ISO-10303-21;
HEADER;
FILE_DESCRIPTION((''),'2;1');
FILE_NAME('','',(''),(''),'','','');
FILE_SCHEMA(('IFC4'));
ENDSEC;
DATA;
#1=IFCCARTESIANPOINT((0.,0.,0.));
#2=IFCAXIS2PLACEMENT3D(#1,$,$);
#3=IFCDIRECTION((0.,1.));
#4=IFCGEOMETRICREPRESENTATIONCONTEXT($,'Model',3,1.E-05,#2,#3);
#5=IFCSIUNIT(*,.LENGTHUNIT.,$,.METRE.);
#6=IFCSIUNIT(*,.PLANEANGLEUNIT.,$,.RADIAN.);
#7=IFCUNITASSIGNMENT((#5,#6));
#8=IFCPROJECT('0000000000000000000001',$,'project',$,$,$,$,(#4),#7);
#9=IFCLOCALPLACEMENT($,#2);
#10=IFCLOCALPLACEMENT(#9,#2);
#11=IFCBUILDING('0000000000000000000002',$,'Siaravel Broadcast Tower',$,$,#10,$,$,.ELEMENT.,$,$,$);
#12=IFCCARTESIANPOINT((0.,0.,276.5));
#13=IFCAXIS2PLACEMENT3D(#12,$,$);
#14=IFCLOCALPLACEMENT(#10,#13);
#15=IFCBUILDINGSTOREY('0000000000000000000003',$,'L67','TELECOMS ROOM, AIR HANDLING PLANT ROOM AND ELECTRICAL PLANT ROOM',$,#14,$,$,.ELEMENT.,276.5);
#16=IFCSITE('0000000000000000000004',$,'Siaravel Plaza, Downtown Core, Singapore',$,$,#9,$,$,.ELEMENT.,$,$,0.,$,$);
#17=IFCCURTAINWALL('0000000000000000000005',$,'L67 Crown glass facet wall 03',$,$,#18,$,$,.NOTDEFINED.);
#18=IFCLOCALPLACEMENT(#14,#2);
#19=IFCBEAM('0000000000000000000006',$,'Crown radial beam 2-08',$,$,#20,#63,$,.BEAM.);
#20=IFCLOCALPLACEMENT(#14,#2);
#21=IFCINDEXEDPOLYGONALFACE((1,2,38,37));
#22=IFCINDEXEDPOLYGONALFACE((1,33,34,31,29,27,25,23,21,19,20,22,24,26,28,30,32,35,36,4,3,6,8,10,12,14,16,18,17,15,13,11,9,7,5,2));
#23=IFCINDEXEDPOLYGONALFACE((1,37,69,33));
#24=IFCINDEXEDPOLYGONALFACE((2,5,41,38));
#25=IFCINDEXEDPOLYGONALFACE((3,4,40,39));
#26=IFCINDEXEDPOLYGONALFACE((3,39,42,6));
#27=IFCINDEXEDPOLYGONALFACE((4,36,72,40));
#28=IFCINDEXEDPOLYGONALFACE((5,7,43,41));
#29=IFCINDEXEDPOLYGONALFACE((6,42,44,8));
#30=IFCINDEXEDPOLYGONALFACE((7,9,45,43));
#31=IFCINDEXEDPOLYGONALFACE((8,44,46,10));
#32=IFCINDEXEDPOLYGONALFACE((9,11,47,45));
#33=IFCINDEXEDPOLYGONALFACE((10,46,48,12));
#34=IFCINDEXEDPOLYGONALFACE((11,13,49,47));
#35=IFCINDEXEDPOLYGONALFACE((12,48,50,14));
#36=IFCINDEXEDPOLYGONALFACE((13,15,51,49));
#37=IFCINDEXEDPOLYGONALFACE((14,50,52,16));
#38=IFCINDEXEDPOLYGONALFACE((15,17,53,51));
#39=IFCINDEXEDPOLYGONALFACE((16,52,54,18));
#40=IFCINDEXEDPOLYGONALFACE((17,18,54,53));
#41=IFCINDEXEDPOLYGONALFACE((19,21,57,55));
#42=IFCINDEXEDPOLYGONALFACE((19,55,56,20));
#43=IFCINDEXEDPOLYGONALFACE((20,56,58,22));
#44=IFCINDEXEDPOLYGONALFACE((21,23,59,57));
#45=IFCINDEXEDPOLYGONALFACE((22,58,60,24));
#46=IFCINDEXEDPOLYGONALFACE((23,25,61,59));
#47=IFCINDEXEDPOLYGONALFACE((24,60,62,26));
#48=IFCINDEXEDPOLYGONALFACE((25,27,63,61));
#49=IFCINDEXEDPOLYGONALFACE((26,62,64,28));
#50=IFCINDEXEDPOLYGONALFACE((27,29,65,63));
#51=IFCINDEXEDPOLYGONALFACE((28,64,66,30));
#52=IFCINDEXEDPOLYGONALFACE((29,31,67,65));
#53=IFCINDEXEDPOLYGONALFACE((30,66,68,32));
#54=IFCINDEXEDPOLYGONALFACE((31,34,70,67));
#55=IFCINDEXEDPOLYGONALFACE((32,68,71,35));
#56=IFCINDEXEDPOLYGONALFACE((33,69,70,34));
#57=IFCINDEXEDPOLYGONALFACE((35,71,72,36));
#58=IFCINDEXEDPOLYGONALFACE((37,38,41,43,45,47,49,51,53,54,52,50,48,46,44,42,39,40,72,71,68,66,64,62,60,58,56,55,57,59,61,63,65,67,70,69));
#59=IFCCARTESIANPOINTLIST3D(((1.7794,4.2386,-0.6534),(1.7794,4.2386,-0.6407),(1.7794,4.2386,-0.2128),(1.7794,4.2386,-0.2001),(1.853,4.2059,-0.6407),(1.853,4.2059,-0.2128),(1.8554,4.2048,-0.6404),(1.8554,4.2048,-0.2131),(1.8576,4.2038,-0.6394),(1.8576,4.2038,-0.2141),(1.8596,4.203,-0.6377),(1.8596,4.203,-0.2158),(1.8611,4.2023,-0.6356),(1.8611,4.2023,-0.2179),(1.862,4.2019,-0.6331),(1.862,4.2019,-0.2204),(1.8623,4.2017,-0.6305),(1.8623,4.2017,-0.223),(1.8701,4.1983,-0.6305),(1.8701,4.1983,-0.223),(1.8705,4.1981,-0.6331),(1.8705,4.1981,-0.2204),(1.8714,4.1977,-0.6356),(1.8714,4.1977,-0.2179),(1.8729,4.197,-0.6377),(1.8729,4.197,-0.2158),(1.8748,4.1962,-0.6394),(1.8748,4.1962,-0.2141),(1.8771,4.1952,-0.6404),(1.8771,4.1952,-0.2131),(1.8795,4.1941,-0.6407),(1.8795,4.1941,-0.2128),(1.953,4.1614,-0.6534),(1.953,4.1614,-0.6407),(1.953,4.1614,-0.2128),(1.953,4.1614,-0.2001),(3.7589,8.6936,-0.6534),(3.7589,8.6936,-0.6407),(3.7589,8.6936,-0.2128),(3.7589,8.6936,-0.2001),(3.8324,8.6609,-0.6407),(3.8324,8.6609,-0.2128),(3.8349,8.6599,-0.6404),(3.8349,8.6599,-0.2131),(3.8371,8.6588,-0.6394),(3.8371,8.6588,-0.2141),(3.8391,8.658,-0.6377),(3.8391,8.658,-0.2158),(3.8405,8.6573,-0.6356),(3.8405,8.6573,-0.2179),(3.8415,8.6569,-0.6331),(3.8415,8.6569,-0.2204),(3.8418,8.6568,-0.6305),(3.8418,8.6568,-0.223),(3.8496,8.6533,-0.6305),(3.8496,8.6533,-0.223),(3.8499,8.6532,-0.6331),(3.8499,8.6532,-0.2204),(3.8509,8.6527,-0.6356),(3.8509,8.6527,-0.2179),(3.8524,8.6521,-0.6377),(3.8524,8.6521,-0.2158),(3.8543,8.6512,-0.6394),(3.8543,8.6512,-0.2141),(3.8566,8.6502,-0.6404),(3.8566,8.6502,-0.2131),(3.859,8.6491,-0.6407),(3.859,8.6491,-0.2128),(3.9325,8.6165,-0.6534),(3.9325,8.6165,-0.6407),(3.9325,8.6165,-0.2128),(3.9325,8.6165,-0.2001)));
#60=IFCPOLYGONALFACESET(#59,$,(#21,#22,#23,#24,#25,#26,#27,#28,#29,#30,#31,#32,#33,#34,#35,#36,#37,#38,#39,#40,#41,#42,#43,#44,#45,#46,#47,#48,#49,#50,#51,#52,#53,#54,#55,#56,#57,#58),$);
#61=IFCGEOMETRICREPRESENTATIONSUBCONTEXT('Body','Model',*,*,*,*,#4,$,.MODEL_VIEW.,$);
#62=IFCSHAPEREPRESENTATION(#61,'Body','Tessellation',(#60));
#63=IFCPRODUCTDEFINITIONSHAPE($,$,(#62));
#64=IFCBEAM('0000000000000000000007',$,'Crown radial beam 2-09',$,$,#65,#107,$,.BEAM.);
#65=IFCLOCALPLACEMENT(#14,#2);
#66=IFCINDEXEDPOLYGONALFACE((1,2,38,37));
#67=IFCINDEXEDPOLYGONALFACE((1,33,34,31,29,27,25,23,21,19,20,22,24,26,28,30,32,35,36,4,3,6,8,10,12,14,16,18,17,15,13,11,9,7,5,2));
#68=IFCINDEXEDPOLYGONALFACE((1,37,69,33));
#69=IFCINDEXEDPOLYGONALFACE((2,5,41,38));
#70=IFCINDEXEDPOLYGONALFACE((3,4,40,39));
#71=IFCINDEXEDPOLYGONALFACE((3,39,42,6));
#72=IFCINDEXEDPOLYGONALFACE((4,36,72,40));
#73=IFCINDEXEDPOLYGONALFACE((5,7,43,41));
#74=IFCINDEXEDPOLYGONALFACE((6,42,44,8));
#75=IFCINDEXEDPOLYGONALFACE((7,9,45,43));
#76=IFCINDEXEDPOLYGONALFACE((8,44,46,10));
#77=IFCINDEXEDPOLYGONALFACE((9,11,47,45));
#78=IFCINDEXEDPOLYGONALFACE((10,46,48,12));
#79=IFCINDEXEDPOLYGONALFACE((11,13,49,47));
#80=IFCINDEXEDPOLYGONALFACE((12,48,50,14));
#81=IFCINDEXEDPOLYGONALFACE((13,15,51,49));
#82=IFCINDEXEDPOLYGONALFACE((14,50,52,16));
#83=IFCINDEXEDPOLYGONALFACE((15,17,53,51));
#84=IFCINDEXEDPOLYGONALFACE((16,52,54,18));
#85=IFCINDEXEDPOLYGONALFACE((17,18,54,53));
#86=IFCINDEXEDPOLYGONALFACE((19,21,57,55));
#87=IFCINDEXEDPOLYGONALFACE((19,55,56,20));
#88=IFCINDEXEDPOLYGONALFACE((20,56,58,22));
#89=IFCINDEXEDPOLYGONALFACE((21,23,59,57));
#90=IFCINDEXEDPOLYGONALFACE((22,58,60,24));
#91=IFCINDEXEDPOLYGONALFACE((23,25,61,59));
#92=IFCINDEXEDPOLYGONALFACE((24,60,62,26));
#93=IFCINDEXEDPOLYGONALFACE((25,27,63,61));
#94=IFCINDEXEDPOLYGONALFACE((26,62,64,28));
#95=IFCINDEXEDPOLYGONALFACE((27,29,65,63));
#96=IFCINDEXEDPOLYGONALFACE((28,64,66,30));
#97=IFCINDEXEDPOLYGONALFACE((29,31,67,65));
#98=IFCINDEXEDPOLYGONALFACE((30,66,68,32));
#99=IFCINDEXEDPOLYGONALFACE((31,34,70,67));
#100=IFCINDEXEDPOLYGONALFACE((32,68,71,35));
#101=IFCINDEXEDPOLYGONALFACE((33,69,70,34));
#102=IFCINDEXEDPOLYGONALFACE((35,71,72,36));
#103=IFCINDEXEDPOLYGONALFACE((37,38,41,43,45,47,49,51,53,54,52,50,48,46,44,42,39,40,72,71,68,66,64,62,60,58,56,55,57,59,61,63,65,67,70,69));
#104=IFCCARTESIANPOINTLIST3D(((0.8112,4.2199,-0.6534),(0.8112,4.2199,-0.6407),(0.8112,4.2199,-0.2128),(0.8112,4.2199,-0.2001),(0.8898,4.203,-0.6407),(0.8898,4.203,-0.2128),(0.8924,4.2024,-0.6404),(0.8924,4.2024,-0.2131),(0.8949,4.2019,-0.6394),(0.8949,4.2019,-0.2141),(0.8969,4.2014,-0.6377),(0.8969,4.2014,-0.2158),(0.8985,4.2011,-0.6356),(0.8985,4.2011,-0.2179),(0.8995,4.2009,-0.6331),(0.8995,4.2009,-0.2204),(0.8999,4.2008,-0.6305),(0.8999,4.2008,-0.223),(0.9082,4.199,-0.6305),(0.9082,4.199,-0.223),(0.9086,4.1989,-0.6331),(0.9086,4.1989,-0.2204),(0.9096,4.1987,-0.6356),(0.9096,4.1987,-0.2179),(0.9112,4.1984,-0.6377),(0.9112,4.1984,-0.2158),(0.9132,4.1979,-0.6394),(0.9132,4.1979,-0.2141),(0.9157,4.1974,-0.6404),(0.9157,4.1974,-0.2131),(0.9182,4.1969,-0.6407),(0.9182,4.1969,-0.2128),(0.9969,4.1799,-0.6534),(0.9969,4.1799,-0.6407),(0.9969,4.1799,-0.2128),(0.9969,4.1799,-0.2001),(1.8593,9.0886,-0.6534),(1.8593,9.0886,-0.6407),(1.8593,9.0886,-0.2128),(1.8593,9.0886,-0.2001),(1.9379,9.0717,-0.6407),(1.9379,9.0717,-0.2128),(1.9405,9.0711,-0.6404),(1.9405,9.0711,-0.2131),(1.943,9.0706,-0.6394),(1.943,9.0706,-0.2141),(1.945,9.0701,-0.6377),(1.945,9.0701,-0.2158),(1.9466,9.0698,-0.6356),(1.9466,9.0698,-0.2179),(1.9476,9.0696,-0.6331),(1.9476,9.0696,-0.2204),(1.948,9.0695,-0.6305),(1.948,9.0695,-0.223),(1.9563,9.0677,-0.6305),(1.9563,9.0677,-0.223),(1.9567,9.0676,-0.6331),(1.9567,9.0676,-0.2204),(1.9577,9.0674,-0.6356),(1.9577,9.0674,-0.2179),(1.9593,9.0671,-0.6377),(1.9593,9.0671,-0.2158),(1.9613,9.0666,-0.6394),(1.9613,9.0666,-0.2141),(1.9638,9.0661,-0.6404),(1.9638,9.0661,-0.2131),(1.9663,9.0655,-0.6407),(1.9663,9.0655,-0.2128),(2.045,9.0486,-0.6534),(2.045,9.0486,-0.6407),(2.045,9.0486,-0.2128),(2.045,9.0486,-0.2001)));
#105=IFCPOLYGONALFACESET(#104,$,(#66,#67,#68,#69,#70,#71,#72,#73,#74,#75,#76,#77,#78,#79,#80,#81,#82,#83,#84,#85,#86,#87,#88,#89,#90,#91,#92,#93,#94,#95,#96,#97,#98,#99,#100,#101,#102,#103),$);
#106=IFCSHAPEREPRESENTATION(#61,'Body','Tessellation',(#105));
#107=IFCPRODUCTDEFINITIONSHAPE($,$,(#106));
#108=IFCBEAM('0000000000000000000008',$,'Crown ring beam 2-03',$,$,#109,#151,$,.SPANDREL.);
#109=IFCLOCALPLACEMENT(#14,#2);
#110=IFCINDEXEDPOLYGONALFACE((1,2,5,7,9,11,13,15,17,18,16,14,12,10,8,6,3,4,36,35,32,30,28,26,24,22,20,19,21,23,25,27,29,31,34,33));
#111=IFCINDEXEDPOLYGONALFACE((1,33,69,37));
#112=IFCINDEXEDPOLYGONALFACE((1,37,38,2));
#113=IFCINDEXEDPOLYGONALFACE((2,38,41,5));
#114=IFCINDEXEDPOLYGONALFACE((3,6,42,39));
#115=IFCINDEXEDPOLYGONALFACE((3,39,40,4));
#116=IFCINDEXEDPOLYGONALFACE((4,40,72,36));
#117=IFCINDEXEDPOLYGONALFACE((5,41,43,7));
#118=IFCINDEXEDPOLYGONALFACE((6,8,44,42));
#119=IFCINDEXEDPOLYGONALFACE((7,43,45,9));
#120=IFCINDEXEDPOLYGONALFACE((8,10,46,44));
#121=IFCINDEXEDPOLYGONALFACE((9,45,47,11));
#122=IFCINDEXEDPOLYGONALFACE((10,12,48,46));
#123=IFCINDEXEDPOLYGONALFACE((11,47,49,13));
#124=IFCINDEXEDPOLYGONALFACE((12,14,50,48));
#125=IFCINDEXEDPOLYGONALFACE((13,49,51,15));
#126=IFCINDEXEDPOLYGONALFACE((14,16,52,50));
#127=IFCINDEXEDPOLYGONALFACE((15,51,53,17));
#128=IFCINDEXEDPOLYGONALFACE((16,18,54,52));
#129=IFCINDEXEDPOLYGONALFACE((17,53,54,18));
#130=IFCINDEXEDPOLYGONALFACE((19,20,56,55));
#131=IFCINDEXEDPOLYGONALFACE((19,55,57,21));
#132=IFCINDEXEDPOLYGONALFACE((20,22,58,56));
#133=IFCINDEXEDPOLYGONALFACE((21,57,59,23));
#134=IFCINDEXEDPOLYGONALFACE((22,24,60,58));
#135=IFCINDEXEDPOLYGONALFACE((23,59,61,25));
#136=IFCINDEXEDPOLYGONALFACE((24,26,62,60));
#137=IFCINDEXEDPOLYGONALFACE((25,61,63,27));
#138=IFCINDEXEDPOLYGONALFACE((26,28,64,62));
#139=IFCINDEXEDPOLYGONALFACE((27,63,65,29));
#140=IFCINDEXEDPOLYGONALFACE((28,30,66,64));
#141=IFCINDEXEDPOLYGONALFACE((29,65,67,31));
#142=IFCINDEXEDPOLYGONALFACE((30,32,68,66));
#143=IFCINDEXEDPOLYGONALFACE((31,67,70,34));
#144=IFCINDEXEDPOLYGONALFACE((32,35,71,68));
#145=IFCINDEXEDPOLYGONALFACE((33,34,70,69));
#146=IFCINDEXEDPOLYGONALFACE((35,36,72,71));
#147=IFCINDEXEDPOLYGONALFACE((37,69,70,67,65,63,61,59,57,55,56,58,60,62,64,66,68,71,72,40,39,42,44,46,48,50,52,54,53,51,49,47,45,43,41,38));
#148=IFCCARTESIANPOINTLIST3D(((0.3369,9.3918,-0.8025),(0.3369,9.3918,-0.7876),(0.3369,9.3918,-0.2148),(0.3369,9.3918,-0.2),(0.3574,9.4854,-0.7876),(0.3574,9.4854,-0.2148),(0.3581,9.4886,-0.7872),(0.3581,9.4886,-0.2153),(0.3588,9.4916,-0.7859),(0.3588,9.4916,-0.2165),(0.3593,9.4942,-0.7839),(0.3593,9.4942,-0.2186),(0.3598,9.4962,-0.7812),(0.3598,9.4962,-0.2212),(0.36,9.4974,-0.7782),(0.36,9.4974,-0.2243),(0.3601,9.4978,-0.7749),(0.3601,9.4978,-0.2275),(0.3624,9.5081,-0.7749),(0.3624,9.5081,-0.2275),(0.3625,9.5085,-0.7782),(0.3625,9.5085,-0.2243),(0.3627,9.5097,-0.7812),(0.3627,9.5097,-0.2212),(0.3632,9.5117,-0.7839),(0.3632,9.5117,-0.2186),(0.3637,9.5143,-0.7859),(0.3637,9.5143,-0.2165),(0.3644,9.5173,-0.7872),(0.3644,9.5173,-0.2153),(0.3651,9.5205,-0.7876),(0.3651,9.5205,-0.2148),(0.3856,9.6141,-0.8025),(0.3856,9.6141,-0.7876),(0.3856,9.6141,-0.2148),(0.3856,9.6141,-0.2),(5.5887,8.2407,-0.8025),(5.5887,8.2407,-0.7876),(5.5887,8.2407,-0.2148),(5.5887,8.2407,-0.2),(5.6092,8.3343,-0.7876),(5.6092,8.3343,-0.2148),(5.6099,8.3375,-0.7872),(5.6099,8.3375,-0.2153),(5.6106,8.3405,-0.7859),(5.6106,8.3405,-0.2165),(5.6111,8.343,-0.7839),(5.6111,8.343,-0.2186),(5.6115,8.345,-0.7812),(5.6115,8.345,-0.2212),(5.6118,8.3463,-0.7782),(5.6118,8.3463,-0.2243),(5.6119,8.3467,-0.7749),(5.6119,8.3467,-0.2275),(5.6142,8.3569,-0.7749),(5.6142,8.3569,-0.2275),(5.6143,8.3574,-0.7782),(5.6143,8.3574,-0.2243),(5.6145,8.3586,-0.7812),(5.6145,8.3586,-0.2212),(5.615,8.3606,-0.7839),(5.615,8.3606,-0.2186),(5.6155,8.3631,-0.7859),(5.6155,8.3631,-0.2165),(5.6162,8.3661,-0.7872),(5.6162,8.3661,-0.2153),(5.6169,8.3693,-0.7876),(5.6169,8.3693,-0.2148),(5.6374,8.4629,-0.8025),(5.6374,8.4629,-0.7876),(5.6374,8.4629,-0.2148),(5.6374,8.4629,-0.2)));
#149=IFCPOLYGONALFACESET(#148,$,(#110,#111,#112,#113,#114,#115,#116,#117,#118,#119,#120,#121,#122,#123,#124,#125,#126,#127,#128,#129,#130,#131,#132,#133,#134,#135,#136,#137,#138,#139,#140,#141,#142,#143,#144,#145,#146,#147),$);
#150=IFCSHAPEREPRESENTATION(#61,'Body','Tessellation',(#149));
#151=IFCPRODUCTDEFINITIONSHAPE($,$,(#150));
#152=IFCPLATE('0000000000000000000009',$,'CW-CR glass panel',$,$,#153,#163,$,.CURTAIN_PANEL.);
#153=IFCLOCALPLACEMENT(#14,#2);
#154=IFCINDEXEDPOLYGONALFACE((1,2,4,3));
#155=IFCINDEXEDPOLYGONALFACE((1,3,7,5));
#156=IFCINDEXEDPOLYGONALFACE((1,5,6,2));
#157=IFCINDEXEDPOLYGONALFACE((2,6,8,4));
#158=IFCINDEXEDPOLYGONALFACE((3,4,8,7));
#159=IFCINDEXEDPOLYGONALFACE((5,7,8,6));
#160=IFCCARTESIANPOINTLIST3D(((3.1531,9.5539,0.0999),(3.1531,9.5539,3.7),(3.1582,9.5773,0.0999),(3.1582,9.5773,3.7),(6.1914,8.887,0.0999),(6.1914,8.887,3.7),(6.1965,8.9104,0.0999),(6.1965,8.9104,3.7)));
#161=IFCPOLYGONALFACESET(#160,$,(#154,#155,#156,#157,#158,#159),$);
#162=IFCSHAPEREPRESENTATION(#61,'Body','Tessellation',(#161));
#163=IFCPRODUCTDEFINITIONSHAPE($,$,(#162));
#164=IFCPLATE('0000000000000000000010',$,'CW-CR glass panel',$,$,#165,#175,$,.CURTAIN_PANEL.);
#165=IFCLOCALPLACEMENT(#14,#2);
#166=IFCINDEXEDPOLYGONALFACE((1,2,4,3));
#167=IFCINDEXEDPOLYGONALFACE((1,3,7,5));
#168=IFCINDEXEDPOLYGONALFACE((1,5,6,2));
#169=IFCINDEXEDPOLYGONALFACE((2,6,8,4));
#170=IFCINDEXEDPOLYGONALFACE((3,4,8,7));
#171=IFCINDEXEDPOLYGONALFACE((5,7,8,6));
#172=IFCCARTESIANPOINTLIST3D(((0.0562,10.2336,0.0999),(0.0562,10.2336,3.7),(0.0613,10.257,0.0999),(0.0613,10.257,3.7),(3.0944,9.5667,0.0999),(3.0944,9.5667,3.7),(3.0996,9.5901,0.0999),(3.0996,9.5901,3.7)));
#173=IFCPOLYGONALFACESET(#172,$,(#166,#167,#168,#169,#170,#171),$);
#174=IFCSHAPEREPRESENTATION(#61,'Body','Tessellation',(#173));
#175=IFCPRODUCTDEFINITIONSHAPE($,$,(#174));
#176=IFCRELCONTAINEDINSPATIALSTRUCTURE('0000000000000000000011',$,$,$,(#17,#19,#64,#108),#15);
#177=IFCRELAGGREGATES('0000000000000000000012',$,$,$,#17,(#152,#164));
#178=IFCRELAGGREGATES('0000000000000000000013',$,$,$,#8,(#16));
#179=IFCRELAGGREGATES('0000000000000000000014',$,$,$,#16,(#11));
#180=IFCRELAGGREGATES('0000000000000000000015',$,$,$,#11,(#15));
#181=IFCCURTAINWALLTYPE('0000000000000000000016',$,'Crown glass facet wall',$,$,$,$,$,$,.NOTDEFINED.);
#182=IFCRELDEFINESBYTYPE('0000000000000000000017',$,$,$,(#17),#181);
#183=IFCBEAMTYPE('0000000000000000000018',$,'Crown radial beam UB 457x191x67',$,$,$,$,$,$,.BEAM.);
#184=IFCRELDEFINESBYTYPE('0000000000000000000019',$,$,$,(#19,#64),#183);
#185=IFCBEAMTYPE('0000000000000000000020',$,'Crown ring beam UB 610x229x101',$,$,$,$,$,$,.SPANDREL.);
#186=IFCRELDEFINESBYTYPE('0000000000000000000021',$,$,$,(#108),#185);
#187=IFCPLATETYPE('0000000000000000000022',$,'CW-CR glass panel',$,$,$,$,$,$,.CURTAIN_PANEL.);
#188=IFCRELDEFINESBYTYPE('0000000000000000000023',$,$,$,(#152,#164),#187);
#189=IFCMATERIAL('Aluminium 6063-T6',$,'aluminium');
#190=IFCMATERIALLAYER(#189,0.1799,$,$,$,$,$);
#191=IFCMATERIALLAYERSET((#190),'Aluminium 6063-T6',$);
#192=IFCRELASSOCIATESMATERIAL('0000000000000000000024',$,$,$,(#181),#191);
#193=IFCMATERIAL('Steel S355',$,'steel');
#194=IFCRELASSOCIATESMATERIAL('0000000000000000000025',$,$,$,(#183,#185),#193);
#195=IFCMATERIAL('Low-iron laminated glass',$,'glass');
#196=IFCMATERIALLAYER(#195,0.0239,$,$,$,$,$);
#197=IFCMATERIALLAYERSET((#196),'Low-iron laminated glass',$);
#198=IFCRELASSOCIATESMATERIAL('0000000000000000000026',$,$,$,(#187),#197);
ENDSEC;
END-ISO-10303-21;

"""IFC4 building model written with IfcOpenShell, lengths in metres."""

from ifc_helpers import new_model, si_unit, direction, frame, origin, origin_2d, place, context, subcontext, project, spatial, rectangle, i_section, extrude, material, layer, layer_set, material_profile, profile_set, type_object, element, aggregate, save


model = new_model("IFC4")

# Units and contexts
model_context = context("Model", 3, precision=1e-05, world=origin(), true_north=direction((0.0, 1.0)))
body_context = subcontext(model_context, "Body", "Model", "MODEL_VIEW")
ifc_project = project(units=[si_unit("LENGTHUNIT", "METRE"), si_unit("PLANEANGLEUNIT", "RADIAN")], contexts=[model_context])

# Site, building, storey
site_placement = place(None, origin())
site = spatial("IfcSite", under=ifc_project, at=site_placement, Name="Siaravel Plaza, Downtown Core, Singapore", CompositionType="ELEMENT", RefElevation=0.0)
building_placement = place(site_placement, origin())
building = spatial("IfcBuilding", under=site, at=building_placement, Name="Siaravel Broadcast Tower", CompositionType="ELEMENT")
storey_placement = place(building_placement, frame((0.0, 0.0, 276.5)))
storey = spatial("IfcBuildingStorey", under=building, at=storey_placement, Name="L67", Description="TELECOMS ROOM, AIR HANDLING PLANT ROOM AND ELECTRICAL PLANT ROOM", CompositionType="ELEMENT", Elevation=276.5)

# Curtain wall
ifc_material_1 = material(Name="Aluminium 6063-T6", Category="aluminium")
ifc_layer_1 = layer(ifc_material_1, 0.1799)
ifc_layer_set_1 = layer_set([ifc_layer_1], Name="Aluminium 6063-T6")
curtain_wall_type = type_object("IfcCurtainWallType", Name="Crown glass facet wall", PredefinedType="NOTDEFINED", material=ifc_layer_set_1)
curtain_wall_placement = place(storey_placement, origin())
curtain_wall = element("IfcCurtainWall", 1, at=curtain_wall_placement, inside=storey, type_object=curtain_wall_type, Name="L67 Crown glass facet wall 03", PredefinedType="NOTDEFINED")

# Beams
ifc_material_2 = material(Name="Steel S355", Category="steel")
ifc_material_profile_1 = material_profile(ifc_material_2, i_section(OverallWidth=0.1899, OverallDepth=0.4534, WebThickness=0.0085, FlangeThickness=0.0127, FilletRadius=0.0103, at=origin_2d()))
ifc_profile_set_1 = profile_set([ifc_material_profile_1], Name="Steel S355")
beam_type_1 = type_object("IfcBeamType", Name="Crown radial beam UB 457x191x67", PredefinedType="BEAM", material=ifc_profile_set_1)
beam_1_placement = place(storey_placement, frame((3.8457, 8.655, -0.4268), z_axis=(-0.406046, -0.913853, 0.0), x_axis=(0.913853, -0.406046, 0.0)))
element("IfcBeam", 2, at=beam_1_placement, inside=storey, type_object=beam_type_1, Name="Crown radial beam 2-08", PredefinedType="BEAM", context=body_context, shape_type="SweptSolid", body=[
    extrude(i_section(OverallWidth=0.1899, OverallDepth=0.4534, WebThickness=0.0085, FlangeThickness=0.0127, FilletRadius=0.0103, at=origin_2d()), origin(), (0.0, 0.0, 1.0), 4.875),
])
beam_2_placement = place(storey_placement, frame((1.9521, 9.0686, -0.4268), z_axis=(-0.210453, -0.977604, 0.0), x_axis=(0.977604, -0.210453, 0.0)))
element("IfcBeam", 3, at=beam_2_placement, inside=storey, type_object=beam_type_1, Name="Crown radial beam 2-09", PredefinedType="BEAM", context=body_context, shape_type="SweptSolid", body=[
    extrude(i_section(OverallWidth=0.1899, OverallDepth=0.4534, WebThickness=0.0085, FlangeThickness=0.0127, FilletRadius=0.0103, at=origin_2d()), origin(), (0.0, 0.0, 1.0), 4.9802),
])
ifc_material_profile_2 = material_profile(ifc_material_2, i_section(OverallWidth=0.2275, OverallDepth=0.6025, WebThickness=0.0105, FlangeThickness=0.0149, FilletRadius=0.0127, at=origin_2d()))
ifc_profile_set_2 = profile_set([ifc_material_profile_2], Name="Steel S355")
beam_type_2 = type_object("IfcBeamType", Name="Crown ring beam UB 610x229x101", PredefinedType="SPANDREL", material=ifc_profile_set_2)
beam_3_placement = place(storey_placement, frame((5.613, 8.3518, -0.5012), z_axis=(-0.97681, 0.214107, 0.0), x_axis=(-0.214107, -0.97681, 0.0)))
element("IfcBeam", 4, at=beam_3_placement, inside=storey, type_object=beam_type_2, Name="Crown ring beam 2-03", PredefinedType="SPANDREL", context=body_context, shape_type="SweptSolid", body=[
    extrude(i_section(OverallWidth=0.2275, OverallDepth=0.6025, WebThickness=0.0105, FlangeThickness=0.0149, FilletRadius=0.0127, at=origin_2d()), origin(), (0.0, 0.0, 1.0), 5.3765),
])

# Plates
ifc_material_3 = material(Name="Low-iron laminated glass", Category="glass")
ifc_layer_2 = layer(ifc_material_3, 0.0239)
ifc_layer_set_2 = layer_set([ifc_layer_2], Name="Low-iron laminated glass")
plate_type = type_object("IfcPlateType", Name="CW-CR glass panel", PredefinedType="CURTAIN_PANEL", material=ifc_layer_set_2)
plate_1_placement = place(storey_placement, frame((4.6748, 9.2322, 0.0999), z_axis=(0.0, 0.0, 1.0), x_axis=(-0.976747, 0.214394, 0.0)))
plate_1 = element("IfcPlate", 5, at=plate_1_placement, type_object=plate_type, Name="CW-CR glass panel", PredefinedType="CURTAIN_PANEL", context=body_context, shape_type="SweptSolid", body=[
    extrude(rectangle(XDim=3.1106, YDim=0.0239, at=origin_2d()), origin(), (0.0, 0.0, 1.0), 3.6001),
])
plate_2_placement = place(storey_placement, frame((1.5779, 9.9119, 0.0999), z_axis=(0.0, 0.0, 1.0), x_axis=(-0.976747, 0.214394, 0.0)))
plate_2 = element("IfcPlate", 6, at=plate_2_placement, type_object=plate_type, Name="CW-CR glass panel", PredefinedType="CURTAIN_PANEL", context=body_context, shape_type="SweptSolid", body=[
    extrude(rectangle(XDim=3.1106, YDim=0.0239, at=origin_2d()), origin(), (0.0, 0.0, 1.0), 3.6001),
])
aggregate(curtain_wall, [plate_1, plate_2])

save(model, "model.ifc")
